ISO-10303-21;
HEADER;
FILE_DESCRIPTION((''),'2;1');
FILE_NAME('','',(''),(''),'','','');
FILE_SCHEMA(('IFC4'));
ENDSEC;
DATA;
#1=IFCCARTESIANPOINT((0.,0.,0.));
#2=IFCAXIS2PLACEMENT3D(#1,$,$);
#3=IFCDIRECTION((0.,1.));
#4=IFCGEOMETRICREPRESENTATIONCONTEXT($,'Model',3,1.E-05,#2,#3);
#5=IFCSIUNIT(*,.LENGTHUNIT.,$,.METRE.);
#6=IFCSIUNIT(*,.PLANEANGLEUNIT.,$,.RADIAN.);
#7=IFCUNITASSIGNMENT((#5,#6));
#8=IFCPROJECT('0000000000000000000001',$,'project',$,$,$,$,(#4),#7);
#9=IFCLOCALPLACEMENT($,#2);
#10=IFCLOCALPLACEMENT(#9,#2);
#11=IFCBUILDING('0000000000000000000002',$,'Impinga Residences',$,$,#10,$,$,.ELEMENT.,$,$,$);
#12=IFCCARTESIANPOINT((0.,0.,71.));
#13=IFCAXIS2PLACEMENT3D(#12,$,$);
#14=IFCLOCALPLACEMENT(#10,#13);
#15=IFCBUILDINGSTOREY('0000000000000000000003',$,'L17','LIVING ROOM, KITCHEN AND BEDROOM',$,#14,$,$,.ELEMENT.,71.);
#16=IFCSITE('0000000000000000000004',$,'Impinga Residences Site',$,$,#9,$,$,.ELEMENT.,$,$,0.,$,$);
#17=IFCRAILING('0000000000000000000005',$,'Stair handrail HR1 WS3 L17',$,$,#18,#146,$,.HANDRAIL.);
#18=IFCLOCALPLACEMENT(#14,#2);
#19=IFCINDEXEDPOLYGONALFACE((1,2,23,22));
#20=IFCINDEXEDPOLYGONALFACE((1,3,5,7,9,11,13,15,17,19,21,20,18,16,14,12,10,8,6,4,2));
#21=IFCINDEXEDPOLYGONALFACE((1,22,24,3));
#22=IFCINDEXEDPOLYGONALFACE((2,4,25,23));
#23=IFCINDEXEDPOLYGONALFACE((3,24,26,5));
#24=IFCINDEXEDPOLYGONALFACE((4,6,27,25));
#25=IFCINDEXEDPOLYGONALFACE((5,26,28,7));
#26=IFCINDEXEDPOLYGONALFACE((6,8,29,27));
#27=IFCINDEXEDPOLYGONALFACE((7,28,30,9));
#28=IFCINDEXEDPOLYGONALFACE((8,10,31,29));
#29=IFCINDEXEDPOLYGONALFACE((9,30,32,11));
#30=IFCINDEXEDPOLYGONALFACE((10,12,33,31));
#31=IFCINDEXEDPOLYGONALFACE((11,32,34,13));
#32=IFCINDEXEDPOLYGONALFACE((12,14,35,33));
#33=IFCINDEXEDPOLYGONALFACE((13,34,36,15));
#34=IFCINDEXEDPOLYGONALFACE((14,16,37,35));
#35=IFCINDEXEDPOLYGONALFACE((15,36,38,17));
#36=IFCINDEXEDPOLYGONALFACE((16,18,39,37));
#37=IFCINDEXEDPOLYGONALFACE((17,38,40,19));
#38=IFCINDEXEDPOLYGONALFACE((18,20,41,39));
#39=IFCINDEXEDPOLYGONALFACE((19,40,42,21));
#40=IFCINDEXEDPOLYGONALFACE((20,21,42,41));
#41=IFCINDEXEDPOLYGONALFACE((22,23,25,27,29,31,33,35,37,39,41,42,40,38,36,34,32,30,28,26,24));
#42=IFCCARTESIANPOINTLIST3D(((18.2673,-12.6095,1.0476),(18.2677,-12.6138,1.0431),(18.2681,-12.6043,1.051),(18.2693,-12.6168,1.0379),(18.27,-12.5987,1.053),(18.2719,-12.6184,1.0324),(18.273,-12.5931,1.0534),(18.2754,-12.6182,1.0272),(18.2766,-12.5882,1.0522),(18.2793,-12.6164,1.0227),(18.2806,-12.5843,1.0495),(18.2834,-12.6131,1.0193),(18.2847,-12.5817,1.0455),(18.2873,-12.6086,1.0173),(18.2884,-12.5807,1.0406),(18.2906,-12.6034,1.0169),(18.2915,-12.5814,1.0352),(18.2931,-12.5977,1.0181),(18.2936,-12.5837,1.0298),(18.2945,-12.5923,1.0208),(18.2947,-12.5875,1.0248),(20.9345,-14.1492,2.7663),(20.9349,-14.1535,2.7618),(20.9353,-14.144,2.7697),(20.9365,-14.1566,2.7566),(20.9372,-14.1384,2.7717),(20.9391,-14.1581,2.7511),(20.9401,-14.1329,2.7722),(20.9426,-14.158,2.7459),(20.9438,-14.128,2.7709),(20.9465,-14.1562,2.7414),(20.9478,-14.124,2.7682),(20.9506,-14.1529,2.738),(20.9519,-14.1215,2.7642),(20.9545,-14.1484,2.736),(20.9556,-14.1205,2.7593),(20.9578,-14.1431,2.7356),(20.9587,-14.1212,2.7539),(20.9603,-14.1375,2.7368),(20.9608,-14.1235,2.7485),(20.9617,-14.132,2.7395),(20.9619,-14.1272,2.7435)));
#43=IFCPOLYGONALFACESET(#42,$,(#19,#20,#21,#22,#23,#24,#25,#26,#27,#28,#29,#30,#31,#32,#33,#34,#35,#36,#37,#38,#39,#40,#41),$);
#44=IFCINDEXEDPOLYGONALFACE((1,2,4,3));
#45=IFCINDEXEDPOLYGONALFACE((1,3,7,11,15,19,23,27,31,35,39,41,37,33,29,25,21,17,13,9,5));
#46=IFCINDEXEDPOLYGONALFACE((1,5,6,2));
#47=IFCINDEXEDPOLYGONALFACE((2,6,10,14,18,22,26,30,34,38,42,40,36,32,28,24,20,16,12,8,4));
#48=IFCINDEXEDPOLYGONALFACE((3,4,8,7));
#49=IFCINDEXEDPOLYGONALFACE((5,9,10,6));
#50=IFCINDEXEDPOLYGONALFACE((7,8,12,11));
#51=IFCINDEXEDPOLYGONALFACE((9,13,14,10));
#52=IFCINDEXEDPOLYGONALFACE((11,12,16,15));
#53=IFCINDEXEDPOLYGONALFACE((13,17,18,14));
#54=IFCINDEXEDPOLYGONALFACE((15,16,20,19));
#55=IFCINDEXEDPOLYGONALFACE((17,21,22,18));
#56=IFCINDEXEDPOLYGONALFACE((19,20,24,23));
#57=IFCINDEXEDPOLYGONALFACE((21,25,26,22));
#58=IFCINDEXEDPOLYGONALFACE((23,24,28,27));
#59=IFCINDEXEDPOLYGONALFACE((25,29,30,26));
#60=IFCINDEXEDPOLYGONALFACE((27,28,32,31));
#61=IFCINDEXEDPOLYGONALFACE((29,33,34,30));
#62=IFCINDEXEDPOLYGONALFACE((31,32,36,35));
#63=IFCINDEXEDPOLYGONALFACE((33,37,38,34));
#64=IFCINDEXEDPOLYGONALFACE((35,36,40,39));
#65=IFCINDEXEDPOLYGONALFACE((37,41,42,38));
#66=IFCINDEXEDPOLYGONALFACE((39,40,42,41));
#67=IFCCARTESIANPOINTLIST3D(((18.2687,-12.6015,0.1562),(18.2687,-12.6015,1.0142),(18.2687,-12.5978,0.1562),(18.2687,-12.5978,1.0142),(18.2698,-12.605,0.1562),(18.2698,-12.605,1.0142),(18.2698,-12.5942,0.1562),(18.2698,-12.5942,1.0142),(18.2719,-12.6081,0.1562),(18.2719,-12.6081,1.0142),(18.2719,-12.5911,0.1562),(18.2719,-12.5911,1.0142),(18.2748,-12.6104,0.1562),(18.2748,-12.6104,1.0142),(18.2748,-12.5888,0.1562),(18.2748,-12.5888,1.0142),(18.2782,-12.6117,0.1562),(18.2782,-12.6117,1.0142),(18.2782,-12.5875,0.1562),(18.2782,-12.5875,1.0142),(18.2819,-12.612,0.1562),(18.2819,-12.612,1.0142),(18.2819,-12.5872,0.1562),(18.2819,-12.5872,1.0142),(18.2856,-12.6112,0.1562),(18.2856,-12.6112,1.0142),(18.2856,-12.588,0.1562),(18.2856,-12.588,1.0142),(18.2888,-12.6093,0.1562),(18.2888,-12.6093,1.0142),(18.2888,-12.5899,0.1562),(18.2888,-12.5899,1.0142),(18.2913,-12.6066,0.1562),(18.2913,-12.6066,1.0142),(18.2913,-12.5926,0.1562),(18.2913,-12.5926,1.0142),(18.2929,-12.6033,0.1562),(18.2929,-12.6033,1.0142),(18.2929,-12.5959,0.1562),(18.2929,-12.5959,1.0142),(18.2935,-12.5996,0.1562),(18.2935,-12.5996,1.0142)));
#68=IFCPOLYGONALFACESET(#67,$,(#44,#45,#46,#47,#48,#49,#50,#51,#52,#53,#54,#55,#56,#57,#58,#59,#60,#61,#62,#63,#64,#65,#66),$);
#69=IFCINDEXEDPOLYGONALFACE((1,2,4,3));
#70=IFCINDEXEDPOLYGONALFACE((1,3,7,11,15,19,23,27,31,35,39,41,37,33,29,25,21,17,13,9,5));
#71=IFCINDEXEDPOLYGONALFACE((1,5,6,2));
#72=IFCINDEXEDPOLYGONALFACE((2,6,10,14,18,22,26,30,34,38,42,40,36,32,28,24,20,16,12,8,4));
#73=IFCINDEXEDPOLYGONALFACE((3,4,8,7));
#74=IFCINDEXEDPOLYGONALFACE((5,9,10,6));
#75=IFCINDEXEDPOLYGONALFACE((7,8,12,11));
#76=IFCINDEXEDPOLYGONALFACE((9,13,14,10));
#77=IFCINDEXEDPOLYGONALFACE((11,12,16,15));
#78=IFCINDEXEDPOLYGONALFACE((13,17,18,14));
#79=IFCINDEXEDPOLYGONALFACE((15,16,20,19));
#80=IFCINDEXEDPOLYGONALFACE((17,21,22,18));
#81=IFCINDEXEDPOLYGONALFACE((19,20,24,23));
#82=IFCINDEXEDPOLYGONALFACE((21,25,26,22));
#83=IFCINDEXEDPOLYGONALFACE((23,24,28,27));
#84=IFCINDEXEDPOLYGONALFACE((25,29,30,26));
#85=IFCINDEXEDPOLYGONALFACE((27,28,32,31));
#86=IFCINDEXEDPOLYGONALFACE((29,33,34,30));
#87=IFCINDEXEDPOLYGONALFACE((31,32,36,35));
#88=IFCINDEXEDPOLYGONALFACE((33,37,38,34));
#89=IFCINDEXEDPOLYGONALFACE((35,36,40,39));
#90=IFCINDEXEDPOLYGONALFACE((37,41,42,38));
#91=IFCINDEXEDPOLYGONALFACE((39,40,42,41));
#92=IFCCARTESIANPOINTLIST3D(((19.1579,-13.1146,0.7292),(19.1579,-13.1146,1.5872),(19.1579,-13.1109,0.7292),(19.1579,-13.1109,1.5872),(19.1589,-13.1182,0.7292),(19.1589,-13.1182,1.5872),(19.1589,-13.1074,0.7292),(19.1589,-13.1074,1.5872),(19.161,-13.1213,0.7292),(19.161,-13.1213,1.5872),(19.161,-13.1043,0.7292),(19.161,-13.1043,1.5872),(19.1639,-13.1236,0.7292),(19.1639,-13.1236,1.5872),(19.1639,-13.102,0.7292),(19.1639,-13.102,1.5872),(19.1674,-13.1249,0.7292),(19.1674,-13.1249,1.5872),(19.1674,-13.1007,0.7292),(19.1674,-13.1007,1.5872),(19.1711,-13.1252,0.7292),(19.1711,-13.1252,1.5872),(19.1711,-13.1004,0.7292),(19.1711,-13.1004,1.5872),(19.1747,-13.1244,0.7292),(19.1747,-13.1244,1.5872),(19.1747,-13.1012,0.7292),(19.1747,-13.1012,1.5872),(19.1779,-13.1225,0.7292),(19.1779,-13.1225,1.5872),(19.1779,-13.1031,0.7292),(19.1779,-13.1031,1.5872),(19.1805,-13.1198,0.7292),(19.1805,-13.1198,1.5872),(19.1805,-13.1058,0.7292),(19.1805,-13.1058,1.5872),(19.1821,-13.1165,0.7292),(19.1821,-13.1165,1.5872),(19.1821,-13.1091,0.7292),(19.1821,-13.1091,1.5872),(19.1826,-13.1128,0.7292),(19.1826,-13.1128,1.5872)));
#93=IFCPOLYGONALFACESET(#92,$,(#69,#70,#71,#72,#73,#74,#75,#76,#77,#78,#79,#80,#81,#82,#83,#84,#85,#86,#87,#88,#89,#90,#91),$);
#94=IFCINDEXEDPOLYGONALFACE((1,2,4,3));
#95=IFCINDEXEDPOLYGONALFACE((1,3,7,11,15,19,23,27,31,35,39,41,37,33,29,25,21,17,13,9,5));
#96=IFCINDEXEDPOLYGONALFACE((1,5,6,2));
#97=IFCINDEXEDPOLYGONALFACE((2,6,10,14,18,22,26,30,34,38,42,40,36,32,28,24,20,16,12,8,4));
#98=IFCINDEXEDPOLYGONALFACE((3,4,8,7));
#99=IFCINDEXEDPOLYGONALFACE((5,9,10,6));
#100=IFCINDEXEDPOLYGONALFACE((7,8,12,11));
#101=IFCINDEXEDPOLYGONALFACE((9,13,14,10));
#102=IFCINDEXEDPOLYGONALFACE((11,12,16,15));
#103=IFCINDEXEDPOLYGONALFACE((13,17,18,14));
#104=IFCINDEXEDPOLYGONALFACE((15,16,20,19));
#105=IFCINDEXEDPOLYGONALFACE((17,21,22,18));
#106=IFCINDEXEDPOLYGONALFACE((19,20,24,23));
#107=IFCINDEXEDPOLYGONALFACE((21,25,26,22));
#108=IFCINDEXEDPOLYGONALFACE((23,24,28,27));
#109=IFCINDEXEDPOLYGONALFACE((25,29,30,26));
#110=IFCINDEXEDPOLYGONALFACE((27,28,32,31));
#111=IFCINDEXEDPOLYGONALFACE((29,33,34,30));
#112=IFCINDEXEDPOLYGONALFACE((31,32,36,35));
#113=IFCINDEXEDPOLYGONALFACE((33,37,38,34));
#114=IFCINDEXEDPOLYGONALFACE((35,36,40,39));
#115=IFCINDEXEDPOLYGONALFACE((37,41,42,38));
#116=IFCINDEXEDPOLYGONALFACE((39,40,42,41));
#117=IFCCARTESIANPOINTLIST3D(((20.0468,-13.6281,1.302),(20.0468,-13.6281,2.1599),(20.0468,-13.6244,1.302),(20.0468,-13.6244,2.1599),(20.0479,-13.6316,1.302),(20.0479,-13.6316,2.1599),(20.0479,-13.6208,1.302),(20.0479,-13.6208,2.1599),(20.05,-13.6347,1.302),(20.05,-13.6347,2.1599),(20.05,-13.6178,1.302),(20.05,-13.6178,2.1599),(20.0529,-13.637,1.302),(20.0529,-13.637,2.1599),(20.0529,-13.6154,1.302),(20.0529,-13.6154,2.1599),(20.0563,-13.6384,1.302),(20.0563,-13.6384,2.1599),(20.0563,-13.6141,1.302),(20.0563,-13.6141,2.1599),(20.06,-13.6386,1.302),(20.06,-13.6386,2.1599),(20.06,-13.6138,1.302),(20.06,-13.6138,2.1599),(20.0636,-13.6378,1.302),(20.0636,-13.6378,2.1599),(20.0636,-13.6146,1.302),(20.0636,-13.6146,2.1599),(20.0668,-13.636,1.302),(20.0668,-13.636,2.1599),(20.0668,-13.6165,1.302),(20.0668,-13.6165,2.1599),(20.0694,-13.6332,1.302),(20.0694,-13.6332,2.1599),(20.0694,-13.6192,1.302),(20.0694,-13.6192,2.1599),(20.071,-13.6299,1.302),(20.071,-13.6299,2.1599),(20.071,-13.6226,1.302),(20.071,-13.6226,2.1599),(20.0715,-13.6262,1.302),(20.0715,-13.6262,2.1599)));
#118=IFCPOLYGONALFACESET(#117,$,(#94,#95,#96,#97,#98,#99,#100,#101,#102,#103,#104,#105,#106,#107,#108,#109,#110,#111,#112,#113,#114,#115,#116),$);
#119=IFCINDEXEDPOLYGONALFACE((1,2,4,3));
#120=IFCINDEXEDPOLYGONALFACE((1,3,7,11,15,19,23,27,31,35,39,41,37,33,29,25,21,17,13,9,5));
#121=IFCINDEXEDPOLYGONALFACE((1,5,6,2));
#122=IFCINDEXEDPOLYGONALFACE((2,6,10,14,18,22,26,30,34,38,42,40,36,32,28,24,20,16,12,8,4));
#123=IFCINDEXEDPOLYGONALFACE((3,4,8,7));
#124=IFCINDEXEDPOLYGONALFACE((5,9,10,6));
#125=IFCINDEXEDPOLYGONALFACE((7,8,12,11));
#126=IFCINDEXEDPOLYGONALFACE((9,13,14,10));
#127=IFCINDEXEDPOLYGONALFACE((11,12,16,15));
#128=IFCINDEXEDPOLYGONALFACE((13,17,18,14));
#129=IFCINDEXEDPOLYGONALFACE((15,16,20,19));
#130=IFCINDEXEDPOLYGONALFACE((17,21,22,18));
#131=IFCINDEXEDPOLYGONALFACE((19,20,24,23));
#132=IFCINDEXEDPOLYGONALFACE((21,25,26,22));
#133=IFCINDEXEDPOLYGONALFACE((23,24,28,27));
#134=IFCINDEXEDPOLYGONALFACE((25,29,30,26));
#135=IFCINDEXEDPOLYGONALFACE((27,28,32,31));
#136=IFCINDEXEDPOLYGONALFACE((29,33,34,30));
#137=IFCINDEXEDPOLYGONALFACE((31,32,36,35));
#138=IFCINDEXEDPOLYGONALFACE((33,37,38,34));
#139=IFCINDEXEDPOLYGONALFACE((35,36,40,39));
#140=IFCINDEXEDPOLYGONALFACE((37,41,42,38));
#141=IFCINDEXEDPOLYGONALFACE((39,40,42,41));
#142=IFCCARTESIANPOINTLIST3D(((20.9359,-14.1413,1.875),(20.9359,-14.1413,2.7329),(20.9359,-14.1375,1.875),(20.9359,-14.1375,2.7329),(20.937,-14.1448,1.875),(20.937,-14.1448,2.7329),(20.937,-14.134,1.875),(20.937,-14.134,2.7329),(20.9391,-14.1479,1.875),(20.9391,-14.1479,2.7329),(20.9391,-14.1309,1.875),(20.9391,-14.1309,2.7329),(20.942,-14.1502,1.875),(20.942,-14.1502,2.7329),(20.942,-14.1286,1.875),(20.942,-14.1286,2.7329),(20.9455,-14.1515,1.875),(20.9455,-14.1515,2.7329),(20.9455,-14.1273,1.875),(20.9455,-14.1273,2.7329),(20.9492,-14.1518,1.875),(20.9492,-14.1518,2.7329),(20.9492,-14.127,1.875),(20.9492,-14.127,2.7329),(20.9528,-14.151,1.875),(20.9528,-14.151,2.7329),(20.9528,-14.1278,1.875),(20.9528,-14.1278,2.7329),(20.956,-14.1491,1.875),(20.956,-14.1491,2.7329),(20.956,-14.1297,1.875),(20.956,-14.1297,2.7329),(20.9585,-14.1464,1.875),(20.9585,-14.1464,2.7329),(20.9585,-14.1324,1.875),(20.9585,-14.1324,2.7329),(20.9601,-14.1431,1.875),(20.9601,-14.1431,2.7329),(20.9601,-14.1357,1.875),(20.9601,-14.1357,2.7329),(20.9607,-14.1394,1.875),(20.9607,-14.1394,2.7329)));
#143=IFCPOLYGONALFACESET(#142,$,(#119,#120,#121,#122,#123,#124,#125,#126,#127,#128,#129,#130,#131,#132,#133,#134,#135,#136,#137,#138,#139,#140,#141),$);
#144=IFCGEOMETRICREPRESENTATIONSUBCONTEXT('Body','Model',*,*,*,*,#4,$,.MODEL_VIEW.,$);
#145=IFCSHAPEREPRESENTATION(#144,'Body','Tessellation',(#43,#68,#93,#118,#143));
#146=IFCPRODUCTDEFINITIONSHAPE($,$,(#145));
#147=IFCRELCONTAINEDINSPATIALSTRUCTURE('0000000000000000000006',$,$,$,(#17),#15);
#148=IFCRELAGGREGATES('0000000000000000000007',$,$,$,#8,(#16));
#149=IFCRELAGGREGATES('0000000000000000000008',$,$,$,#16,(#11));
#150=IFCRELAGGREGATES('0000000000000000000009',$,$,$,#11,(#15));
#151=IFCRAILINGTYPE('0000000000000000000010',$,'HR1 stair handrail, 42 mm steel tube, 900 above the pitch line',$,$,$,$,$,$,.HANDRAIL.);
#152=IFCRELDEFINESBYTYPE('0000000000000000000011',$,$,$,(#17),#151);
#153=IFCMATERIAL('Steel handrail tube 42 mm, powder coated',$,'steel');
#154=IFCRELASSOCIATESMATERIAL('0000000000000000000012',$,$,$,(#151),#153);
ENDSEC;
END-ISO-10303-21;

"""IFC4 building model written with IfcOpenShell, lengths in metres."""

from ifc_helpers import new_model, si_unit, direction, frame, origin, origin_2d, place, context, subcontext, project, spatial, circle, extrude, material, type_object, element, save


model = new_model("IFC4")

# Units and contexts
model_context = context("Model", 3, precision=1e-05, world=origin(), true_north=direction((0.0, 1.0)))
body_context = subcontext(model_context, "Body", "Model", "MODEL_VIEW")
ifc_project = project(units=[si_unit("LENGTHUNIT", "METRE"), si_unit("PLANEANGLEUNIT", "RADIAN")], contexts=[model_context])

# Site, building, storey
site_placement = place(None, origin())
site = spatial("IfcSite", under=ifc_project, at=site_placement, Name="Impinga Residences Site", CompositionType="ELEMENT", RefElevation=0.0)
building_placement = place(site_placement, origin())
building = spatial("IfcBuilding", under=site, at=building_placement, Name="Impinga Residences", CompositionType="ELEMENT")
storey_placement = place(building_placement, frame((0.0, 0.0, 71.0)))
storey = spatial("IfcBuildingStorey", under=building, at=storey_placement, Name="L17", Description="LIVING ROOM, KITCHEN AND BEDROOM", CompositionType="ELEMENT", Elevation=71.0)

# Railing
ifc_material_1 = material(Name="Steel handrail tube 42 mm, powder coated", Category="steel")
railing_type_1 = type_object("IfcRailingType", Name="HR1 stair handrail, 42 mm steel tube, 900 above the pitch line", PredefinedType="HANDRAIL", material=ifc_material_1)
railing_1_placement = place(storey_placement, frame((18.281, -12.5996, 0.1562)))
element("IfcRailing", 1, at=railing_1_placement, inside=storey, type_object=railing_type_1, Name="Stair handrail HR1 WS3 L17", PredefinedType="HANDRAIL", context=body_context, shape_type="SweptSolid", body=[
    extrude(circle(Radius=0.021, at=origin_2d()), frame((0.0, 0.0, 0.8789), z_axis=(0.756249, -0.436582, 0.487322), x_axis=(0.499967, 0.866044, 0.0)), (0.0, 0.0, 1.0), 3.5269),
    extrude(circle(Radius=0.0125, at=origin_2d()), origin(), (0.0, 0.0, 1.0), 0.8579),
    extrude(circle(Radius=0.0125, at=origin_2d()), frame((0.8892, -0.5132, 0.573)), (0.0, 0.0, 1.0), 0.8579),
    extrude(circle(Radius=0.0125, at=origin_2d()), frame((1.7781, -1.0266, 1.1458)), (0.0, 0.0, 1.0), 0.8579),
    extrude(circle(Radius=0.0125, at=origin_2d()), frame((2.6672, -1.5398, 1.7188)), (0.0, 0.0, 1.0), 0.8579),
])

save(model, "model.ifc")
